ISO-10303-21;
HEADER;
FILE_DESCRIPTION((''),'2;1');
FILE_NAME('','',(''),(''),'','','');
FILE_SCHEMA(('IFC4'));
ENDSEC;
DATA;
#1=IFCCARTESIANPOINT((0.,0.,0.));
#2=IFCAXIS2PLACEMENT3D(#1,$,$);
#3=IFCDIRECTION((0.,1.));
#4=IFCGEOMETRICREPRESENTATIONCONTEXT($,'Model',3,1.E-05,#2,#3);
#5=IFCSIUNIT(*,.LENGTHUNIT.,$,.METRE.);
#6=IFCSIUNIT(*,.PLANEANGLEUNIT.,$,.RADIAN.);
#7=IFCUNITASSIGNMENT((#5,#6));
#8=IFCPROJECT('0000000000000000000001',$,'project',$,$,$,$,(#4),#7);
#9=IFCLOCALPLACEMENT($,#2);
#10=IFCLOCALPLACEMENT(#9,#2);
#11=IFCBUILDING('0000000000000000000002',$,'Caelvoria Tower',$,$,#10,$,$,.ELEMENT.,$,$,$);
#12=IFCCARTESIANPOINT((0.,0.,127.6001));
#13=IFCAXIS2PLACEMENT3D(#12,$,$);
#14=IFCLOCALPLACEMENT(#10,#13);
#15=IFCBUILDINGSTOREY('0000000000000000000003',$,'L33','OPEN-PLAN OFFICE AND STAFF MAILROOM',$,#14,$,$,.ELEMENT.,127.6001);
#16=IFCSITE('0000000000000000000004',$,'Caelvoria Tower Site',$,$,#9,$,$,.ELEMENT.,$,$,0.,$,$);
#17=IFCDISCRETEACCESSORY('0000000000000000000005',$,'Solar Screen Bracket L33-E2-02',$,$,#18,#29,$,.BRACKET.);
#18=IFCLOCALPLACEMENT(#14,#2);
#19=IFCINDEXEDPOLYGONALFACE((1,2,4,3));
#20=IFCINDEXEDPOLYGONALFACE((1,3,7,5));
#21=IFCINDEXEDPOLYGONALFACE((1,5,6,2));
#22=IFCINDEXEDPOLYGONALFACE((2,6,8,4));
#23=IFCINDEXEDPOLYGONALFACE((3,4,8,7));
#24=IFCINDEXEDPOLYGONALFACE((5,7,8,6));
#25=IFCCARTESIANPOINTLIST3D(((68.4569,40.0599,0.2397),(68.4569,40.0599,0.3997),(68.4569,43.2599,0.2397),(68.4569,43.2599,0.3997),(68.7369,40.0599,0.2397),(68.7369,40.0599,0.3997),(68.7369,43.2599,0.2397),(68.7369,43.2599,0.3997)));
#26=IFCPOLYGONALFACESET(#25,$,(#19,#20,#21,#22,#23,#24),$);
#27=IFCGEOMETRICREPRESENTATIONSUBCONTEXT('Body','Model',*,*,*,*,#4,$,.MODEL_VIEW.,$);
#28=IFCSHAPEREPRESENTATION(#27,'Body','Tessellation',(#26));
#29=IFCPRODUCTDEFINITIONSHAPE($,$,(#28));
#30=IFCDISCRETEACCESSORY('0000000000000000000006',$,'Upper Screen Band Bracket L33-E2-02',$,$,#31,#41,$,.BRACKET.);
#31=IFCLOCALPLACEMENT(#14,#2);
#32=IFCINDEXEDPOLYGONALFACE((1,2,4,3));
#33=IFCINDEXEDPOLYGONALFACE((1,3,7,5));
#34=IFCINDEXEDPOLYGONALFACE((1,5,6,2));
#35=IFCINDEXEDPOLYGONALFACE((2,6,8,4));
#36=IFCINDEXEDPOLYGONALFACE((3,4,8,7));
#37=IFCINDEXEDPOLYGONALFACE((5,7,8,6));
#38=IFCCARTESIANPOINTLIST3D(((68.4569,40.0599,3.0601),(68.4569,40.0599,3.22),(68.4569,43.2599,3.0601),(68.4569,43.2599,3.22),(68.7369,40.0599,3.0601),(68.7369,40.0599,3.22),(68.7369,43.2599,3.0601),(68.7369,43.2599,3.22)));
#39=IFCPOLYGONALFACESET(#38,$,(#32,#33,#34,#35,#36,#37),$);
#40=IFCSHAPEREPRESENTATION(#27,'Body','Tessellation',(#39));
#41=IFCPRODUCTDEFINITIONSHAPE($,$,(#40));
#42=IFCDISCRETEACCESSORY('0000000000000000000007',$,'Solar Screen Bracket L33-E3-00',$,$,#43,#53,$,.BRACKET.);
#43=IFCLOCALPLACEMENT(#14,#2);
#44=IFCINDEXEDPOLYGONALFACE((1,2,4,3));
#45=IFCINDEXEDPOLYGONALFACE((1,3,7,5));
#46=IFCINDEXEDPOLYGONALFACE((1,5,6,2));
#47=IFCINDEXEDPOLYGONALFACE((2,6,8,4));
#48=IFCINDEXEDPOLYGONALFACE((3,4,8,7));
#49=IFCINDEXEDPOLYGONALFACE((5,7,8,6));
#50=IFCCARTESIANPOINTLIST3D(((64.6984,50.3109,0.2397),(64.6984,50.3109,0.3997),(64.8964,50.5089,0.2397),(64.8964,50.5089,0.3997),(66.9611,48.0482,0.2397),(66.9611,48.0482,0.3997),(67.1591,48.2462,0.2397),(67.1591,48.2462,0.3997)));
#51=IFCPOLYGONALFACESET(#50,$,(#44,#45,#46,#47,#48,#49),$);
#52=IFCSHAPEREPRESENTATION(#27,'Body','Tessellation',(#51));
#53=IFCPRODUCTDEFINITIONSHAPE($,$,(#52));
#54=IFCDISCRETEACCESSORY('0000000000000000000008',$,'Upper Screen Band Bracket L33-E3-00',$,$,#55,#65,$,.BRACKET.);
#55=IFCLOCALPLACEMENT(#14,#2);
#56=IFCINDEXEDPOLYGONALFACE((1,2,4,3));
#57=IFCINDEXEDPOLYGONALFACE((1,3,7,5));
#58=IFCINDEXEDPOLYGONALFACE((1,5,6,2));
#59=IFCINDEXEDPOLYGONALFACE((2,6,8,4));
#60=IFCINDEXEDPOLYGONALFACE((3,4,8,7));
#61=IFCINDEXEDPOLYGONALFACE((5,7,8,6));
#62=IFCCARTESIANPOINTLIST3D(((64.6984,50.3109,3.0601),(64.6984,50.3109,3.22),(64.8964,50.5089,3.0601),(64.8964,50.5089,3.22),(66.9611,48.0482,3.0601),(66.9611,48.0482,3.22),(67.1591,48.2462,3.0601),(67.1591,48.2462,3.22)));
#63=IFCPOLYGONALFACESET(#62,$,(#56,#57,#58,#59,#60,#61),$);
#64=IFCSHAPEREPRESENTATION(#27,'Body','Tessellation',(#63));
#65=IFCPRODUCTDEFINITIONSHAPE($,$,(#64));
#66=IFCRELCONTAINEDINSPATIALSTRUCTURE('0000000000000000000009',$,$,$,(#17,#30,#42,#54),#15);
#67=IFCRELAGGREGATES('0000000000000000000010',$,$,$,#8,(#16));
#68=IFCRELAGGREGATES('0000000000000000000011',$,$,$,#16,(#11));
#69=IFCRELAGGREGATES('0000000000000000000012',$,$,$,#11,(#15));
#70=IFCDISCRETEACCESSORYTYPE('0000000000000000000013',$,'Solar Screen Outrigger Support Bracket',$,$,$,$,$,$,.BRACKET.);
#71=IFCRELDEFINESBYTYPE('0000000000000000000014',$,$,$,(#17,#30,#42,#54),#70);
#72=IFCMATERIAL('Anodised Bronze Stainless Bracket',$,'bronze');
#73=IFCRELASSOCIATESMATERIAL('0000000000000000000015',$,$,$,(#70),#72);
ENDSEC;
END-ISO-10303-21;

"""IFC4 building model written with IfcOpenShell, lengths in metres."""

from ifc_helpers import new_model, si_unit, direction, frame, origin, origin_2d, place, context, subcontext, project, spatial, rectangle, extrude, material, type_object, element, save


model = new_model("IFC4")

# Units and contexts
model_context = context("Model", 3, precision=1e-05, world=origin(), true_north=direction((0.0, 1.0)))
body_context = subcontext(model_context, "Body", "Model", "MODEL_VIEW")
ifc_project = project(units=[si_unit("LENGTHUNIT", "METRE"), si_unit("PLANEANGLEUNIT", "RADIAN")], contexts=[model_context])

# Site, building, storey
site_placement = place(None, origin())
site = spatial("IfcSite", under=ifc_project, at=site_placement, Name="Caelvoria Tower Site", CompositionType="ELEMENT", RefElevation=0.0)
building_placement = place(site_placement, origin())
building = spatial("IfcBuilding", under=site, at=building_placement, Name="Caelvoria Tower", CompositionType="ELEMENT")
storey_placement = place(building_placement, frame((0.0, 0.0, 127.6001)))
storey = spatial("IfcBuildingStorey", under=building, at=storey_placement, Name="L33", Description="OPEN-PLAN OFFICE AND STAFF MAILROOM", CompositionType="ELEMENT", Elevation=127.6001)

# Discrete accessories
ifc_material_1 = material(Name="Anodised Bronze Stainless Bracket", Category="bronze")
discrete_accessory_type = type_object("IfcDiscreteAccessoryType", Name="Solar Screen Outrigger Support Bracket", PredefinedType="BRACKET", material=ifc_material_1)
for number, where, z_axis, x_axis, name in (
    (1, (68.5969, 41.6599, 0.2397), (0.0, 0.0, 1.0), (0.0, 1.0, 0.0), "Solar Screen Bracket L33-E2-02"),
    (2, (68.5969, 41.6599, 3.0601), (0.0, 0.0, 1.0), (0.0, 1.0, 0.0), "Upper Screen Band Bracket L33-E2-02"),
    (3, (65.9287, 49.2786, 0.2397), (0.0, 0.0, 1.0), (-0.707107, 0.707107, 0.0), "Solar Screen Bracket L33-E3-00"),
    (4, (65.9287, 49.2786, 3.0601), (0.0, 0.0, 1.0), (-0.707107, 0.707107, 0.0), "Upper Screen Band Bracket L33-E3-00"),
):
    element("IfcDiscreteAccessory", number, at=place(storey_placement, frame(where, z_axis=z_axis, x_axis=x_axis)), inside=storey, type_object=discrete_accessory_type, Name=name, PredefinedType="BRACKET", context=body_context, shape_type="SweptSolid", body=[
        extrude(rectangle(XDim=3.2, YDim=0.28, at=origin_2d()), origin(), (0.0, 0.0, 1.0), 0.1599),
    ])

save(model, "model.ifc")
